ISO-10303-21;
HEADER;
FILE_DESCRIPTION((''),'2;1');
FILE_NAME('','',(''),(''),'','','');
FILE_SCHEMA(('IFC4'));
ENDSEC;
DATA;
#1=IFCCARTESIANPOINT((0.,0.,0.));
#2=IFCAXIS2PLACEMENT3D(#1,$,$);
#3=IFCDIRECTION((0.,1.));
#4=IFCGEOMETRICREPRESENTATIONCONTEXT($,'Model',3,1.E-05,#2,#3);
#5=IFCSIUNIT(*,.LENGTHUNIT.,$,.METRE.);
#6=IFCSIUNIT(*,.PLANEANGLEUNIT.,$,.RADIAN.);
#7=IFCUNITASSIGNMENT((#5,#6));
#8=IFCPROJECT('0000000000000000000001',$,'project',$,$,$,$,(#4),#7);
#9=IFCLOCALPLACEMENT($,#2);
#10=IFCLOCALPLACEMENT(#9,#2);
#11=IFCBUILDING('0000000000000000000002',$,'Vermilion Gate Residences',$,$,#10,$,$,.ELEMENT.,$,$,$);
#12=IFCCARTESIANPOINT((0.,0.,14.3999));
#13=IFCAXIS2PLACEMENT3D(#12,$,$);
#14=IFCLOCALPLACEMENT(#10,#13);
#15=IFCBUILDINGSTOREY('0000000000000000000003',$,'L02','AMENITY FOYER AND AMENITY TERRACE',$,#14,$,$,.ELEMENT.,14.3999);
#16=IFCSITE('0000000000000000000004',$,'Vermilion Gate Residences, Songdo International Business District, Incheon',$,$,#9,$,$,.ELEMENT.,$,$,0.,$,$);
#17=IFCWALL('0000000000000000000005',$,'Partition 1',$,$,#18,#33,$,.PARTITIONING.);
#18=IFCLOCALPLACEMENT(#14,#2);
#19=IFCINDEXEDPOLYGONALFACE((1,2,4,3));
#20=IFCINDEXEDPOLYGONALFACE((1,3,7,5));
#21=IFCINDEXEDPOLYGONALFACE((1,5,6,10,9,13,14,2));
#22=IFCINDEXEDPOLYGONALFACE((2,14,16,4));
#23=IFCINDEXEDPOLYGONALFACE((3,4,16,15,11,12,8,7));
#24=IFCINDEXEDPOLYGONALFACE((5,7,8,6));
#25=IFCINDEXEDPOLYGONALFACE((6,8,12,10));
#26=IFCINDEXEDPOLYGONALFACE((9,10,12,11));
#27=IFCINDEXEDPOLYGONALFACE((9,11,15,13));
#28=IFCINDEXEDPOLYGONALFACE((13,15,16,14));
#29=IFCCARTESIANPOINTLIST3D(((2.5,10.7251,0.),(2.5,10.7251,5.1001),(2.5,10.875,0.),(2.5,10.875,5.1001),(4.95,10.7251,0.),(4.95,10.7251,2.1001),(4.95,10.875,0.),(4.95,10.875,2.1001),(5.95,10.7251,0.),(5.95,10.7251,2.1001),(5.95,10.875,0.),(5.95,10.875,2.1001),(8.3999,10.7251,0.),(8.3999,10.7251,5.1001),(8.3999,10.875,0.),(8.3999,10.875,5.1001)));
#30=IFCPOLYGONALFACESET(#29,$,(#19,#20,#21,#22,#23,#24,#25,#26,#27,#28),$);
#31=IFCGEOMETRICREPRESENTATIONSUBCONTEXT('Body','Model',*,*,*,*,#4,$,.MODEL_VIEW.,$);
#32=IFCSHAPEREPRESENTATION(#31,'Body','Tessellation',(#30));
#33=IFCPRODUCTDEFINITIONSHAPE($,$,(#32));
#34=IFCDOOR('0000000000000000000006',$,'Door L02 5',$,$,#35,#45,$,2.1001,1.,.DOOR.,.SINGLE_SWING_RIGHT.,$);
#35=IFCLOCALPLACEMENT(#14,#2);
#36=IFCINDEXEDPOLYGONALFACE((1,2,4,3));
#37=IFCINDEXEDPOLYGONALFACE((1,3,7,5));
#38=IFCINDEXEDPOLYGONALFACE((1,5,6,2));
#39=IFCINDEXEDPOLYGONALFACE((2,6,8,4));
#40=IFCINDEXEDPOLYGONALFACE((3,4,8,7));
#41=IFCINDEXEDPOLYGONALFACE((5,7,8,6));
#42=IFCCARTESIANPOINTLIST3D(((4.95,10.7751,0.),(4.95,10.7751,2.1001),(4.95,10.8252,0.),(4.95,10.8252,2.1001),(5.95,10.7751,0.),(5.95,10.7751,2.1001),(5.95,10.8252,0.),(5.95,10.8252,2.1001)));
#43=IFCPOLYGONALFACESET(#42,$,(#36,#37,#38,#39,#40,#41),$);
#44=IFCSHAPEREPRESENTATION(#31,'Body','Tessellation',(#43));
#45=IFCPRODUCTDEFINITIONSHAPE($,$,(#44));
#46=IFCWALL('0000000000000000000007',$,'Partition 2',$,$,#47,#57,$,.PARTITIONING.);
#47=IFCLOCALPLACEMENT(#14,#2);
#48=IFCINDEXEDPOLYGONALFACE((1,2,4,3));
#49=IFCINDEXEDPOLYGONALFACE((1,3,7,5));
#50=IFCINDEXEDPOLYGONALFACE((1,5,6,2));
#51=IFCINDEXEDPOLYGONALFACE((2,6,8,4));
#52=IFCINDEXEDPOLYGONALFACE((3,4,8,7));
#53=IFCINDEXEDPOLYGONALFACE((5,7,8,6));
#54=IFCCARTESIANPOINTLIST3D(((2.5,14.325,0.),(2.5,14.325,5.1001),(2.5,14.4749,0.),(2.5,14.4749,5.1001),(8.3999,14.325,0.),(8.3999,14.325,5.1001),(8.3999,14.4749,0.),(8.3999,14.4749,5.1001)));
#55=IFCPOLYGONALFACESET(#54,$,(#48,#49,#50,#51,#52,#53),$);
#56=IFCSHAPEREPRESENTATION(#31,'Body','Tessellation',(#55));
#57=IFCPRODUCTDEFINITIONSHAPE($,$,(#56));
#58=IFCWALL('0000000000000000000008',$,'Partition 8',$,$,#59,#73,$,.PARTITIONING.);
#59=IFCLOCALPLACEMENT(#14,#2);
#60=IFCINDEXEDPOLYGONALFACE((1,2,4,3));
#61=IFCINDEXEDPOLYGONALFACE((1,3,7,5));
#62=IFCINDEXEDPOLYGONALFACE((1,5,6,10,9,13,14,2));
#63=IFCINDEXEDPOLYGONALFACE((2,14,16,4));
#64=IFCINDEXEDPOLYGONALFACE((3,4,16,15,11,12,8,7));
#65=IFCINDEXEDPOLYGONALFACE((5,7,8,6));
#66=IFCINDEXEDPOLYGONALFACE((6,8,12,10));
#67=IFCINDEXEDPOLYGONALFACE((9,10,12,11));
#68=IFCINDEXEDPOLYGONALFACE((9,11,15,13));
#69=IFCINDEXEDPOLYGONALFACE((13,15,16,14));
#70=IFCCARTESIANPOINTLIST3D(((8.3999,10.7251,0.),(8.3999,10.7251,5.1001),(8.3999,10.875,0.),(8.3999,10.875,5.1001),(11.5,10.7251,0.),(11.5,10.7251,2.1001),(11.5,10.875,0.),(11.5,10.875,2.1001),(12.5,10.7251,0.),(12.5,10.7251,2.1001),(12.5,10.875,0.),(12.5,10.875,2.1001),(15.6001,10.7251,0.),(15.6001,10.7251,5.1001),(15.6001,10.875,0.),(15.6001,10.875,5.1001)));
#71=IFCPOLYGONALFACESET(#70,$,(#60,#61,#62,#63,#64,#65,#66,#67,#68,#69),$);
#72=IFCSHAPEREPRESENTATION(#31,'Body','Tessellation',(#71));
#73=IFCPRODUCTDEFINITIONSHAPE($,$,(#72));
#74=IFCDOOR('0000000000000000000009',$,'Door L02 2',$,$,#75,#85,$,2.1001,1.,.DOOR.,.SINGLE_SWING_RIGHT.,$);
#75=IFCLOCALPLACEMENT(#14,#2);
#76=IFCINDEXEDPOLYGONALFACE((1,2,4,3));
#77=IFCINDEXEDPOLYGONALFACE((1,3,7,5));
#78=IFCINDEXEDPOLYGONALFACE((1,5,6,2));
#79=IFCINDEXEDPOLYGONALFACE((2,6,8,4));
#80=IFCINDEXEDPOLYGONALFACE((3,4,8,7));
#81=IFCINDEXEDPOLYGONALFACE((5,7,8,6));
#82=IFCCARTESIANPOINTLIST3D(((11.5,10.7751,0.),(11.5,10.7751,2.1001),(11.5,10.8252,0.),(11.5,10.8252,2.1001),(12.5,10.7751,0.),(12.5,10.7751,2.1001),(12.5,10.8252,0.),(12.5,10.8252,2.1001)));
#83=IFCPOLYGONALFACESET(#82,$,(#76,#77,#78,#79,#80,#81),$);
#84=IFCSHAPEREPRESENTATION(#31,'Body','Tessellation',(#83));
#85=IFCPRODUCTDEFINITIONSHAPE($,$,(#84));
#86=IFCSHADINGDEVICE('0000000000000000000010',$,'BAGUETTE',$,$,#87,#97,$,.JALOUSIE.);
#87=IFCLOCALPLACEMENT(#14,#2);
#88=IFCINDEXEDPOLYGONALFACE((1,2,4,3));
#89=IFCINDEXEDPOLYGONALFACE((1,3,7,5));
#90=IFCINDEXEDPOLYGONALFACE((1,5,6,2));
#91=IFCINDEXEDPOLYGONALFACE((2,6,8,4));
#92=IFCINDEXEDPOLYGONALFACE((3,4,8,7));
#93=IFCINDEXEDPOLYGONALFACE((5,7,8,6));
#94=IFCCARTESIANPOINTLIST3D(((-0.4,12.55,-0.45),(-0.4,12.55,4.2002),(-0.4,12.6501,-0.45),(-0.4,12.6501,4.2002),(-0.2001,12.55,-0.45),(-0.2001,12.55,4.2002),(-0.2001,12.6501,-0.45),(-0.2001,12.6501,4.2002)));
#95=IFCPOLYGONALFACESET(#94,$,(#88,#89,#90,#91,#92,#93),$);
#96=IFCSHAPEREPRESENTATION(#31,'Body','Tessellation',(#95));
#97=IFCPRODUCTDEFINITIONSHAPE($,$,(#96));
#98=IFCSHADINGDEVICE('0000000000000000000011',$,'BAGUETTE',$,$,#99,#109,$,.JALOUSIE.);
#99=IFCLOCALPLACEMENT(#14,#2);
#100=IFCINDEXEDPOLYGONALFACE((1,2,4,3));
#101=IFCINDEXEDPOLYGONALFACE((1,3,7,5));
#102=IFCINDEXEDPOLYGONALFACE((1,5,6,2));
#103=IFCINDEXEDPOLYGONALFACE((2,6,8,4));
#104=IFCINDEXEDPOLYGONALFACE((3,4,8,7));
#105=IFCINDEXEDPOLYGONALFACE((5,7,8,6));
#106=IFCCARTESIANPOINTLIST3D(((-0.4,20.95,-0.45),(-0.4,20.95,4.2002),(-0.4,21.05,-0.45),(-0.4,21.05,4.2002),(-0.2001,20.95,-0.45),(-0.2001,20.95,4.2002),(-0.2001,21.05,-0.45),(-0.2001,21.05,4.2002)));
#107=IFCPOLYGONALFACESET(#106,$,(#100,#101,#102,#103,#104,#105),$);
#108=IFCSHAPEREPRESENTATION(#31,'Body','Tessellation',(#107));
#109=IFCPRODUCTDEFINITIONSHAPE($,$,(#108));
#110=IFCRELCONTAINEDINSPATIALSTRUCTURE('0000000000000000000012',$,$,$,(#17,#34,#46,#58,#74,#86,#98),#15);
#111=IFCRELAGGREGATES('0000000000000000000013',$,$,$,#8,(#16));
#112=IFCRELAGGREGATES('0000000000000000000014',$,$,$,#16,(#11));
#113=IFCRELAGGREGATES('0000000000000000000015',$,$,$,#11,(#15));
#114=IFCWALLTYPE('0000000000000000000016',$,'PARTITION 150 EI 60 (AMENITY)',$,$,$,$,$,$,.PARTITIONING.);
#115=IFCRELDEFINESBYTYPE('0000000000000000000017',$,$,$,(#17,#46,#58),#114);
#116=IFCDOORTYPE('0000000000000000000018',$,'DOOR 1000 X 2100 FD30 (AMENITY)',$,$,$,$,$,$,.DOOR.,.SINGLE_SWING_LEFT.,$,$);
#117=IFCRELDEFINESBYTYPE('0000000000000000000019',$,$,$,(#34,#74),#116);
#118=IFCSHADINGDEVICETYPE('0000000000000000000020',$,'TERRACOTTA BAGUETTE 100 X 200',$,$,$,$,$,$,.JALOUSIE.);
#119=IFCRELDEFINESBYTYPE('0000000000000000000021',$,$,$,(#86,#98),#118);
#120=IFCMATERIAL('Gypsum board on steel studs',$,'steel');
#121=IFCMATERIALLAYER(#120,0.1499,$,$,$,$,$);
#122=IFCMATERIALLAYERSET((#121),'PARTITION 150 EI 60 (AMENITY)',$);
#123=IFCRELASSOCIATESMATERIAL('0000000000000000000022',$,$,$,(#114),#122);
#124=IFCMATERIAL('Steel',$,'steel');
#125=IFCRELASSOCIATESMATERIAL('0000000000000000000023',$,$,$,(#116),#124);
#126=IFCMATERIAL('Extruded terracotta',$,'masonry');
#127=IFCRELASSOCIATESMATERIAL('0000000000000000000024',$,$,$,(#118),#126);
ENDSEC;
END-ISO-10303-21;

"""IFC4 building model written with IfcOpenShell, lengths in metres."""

from ifc_helpers import new_model, si_unit, direction, frame, frame_2d, origin, origin_2d, place, context, subcontext, project, spatial, rectangle, extrude, material, layer, layer_set, material_profile, profile_set, type_object, element, fill, save


model = new_model("IFC4")

# Units and contexts
model_context = context("Model", 3, precision=1e-05, world=origin(), true_north=direction((0.0, 1.0)))
body_context = subcontext(model_context, "Body", "Model", "MODEL_VIEW")
ifc_project = project(units=[si_unit("LENGTHUNIT", "METRE"), si_unit("PLANEANGLEUNIT", "RADIAN")], contexts=[model_context])

# Site, building, storey
site_placement = place(None, origin())
site = spatial("IfcSite", under=ifc_project, at=site_placement, Name="Vermilion Gate Residences, Songdo International Business District, Incheon", CompositionType="ELEMENT", RefElevation=0.0)
building_placement = place(site_placement, origin())
building = spatial("IfcBuilding", under=site, at=building_placement, Name="Vermilion Gate Residences", CompositionType="ELEMENT")
storey_placement = place(building_placement, frame((0.0, 0.0, 14.3999)))
storey = spatial("IfcBuildingStorey", under=building, at=storey_placement, Name="L02", Description="AMENITY FOYER AND AMENITY TERRACE", CompositionType="ELEMENT", Elevation=14.3999)

# Wall, opening, door
ifc_material_1 = material(Name="Gypsum board on steel studs", Category="steel")
ifc_layer_1 = layer(ifc_material_1, 0.1499)
ifc_layer_set_1 = layer_set([ifc_layer_1], Name="PARTITION 150 EI 60 (AMENITY)")
wall_type = type_object("IfcWallType", Name="PARTITION 150 EI 60 (AMENITY)", PredefinedType="PARTITIONING", material=ifc_layer_set_1)
wall_1_placement = place(storey_placement, frame((2.5, 10.8, 0.0), z_axis=(0.0, 0.0, 1.0), x_axis=(1.0, 0.0, 0.0)))
wall_1 = element("IfcWall", 1, at=wall_1_placement, inside=storey, type_object=wall_type, Name="Partition 1", PredefinedType="PARTITIONING", context=body_context, shape_type="SweptSolid", body=[
    extrude(rectangle(XDim=5.8999, YDim=0.1499, at=frame_2d((2.95, 0.0))), origin(), (0.0, 0.0, 1.0), 5.1001),
])
opening_1_placement = place(wall_1_placement, frame((2.45, 0.0, 0.0)))
opening_1 = element("IfcOpeningElement", 2, at=opening_1_placement, cuts=wall_1, PredefinedType="OPENING", context=body_context, shape_type="SweptSolid", body=[
    extrude(rectangle(XDim=1.0, YDim=2.1001, at=frame_2d((0.5, 1.05))), frame((0.0, 0.085, 0.0), z_axis=(0.0, -1.0, 0.0), x_axis=(1.0, 0.0, 0.0)), (0.0, 0.0, 1.0), 0.1699),
])
ifc_material_2 = material(Name="Steel", Category="steel")
door_type = type_object("IfcDoorType", Name="DOOR 1000 X 2100 FD30 (AMENITY)", OperationType="SINGLE_SWING_LEFT", PredefinedType="DOOR", material=ifc_material_2)
door_1_placement = place(opening_1_placement, frame((1.0, 0.0, 0.0), z_axis=(0.0, 0.0, 1.0), x_axis=(-1.0, 0.0, 0.0)))
door_1 = element("IfcDoor", 3, at=door_1_placement, inside=storey, type_object=door_type, Name="Door L02 5", OperationType="SINGLE_SWING_RIGHT", OverallHeight=2.1001, OverallWidth=1.0, PredefinedType="DOOR", context=body_context, shape_type="SweptSolid", body=[
    extrude(rectangle(XDim=1.0, YDim=2.1001, at=frame_2d((0.5, 1.05))), frame((0.0, 0.0249, 0.0), z_axis=(0.0, -1.0, 0.0), x_axis=(1.0, 0.0, 0.0)), (0.0, 0.0, 1.0), 0.05),
])
fill(opening_1, door_1)

# Wall
wall_2_placement = place(storey_placement, frame((2.5, 14.3999, 0.0), z_axis=(0.0, 0.0, 1.0), x_axis=(1.0, 0.0, 0.0)))
element("IfcWall", 4, at=wall_2_placement, inside=storey, type_object=wall_type, Name="Partition 2", PredefinedType="PARTITIONING", context=body_context, shape_type="SweptSolid", body=[
    extrude(rectangle(XDim=5.8999, YDim=0.1499, at=frame_2d((2.95, 0.0))), origin(), (0.0, 0.0, 1.0), 5.1001),
])

# Wall, opening, door
wall_3_placement = place(storey_placement, frame((8.3999, 10.8, 0.0), z_axis=(0.0, 0.0, 1.0), x_axis=(1.0, 0.0, 0.0)))
wall_3 = element("IfcWall", 5, at=wall_3_placement, inside=storey, type_object=wall_type, Name="Partition 8", PredefinedType="PARTITIONING", context=body_context, shape_type="SweptSolid", body=[
    extrude(rectangle(XDim=7.2002, YDim=0.1499, at=frame_2d((3.6001, 0.0))), origin(), (0.0, 0.0, 1.0), 5.1001),
])
opening_2_placement = place(wall_3_placement, frame((3.1001, 0.0, 0.0)))
opening_2 = element("IfcOpeningElement", 6, at=opening_2_placement, cuts=wall_3, PredefinedType="OPENING", context=body_context, shape_type="SweptSolid", body=[
    extrude(rectangle(XDim=1.0, YDim=2.1001, at=frame_2d((0.5, 1.05))), frame((0.0, 0.085, 0.0), z_axis=(0.0, -1.0, 0.0), x_axis=(1.0, 0.0, 0.0)), (0.0, 0.0, 1.0), 0.1699),
])
door_2_placement = place(opening_2_placement, frame((1.0, 0.0, 0.0), z_axis=(0.0, 0.0, 1.0), x_axis=(-1.0, 0.0, 0.0)))
door_2 = element("IfcDoor", 7, at=door_2_placement, inside=storey, type_object=door_type, Name="Door L02 2", OperationType="SINGLE_SWING_RIGHT", OverallHeight=2.1001, OverallWidth=1.0, PredefinedType="DOOR", context=body_context, shape_type="SweptSolid", body=[
    extrude(rectangle(XDim=1.0, YDim=2.1001, at=frame_2d((0.5, 1.05))), frame((0.0, 0.0249, 0.0), z_axis=(0.0, -1.0, 0.0), x_axis=(1.0, 0.0, 0.0)), (0.0, 0.0, 1.0), 0.05),
])
fill(opening_2, door_2)

# Shading devices
ifc_material_3 = material(Name="Extruded terracotta", Category="masonry")
ifc_material_profile_1 = material_profile(ifc_material_3, rectangle(XDim=0.2, YDim=0.1001, at=origin_2d()), Name="BAGUETTE 100 X 200")
ifc_profile_set_1 = profile_set([ifc_material_profile_1], Name="Extruded terracotta")
shading_device_type = type_object("IfcShadingDeviceType", Name="TERRACOTTA BAGUETTE 100 X 200", PredefinedType="JALOUSIE", material=ifc_profile_set_1)
for number, where, z_axis, x_axis, name in (
    (8, (-0.3, 12.6001, -0.45), (0.0, 0.0, 1.0), (1.0, 0.0, 0.0), "BAGUETTE"),
    (9, (-0.3, 21.0, -0.45), (0.0, 0.0, 1.0), (1.0, 0.0, 0.0), "BAGUETTE"),
):
    element("IfcShadingDevice", number, at=place(storey_placement, frame(where, z_axis=z_axis, x_axis=x_axis)), inside=storey, type_object=shading_device_type, Name=name, PredefinedType="JALOUSIE", context=body_context, shape_type="SweptSolid", body=[
        extrude(rectangle(XDim=0.2, YDim=0.1001, at=origin_2d()), origin(), (0.0, 0.0, 1.0), 4.6501),
    ])

save(model, "model.ifc")
